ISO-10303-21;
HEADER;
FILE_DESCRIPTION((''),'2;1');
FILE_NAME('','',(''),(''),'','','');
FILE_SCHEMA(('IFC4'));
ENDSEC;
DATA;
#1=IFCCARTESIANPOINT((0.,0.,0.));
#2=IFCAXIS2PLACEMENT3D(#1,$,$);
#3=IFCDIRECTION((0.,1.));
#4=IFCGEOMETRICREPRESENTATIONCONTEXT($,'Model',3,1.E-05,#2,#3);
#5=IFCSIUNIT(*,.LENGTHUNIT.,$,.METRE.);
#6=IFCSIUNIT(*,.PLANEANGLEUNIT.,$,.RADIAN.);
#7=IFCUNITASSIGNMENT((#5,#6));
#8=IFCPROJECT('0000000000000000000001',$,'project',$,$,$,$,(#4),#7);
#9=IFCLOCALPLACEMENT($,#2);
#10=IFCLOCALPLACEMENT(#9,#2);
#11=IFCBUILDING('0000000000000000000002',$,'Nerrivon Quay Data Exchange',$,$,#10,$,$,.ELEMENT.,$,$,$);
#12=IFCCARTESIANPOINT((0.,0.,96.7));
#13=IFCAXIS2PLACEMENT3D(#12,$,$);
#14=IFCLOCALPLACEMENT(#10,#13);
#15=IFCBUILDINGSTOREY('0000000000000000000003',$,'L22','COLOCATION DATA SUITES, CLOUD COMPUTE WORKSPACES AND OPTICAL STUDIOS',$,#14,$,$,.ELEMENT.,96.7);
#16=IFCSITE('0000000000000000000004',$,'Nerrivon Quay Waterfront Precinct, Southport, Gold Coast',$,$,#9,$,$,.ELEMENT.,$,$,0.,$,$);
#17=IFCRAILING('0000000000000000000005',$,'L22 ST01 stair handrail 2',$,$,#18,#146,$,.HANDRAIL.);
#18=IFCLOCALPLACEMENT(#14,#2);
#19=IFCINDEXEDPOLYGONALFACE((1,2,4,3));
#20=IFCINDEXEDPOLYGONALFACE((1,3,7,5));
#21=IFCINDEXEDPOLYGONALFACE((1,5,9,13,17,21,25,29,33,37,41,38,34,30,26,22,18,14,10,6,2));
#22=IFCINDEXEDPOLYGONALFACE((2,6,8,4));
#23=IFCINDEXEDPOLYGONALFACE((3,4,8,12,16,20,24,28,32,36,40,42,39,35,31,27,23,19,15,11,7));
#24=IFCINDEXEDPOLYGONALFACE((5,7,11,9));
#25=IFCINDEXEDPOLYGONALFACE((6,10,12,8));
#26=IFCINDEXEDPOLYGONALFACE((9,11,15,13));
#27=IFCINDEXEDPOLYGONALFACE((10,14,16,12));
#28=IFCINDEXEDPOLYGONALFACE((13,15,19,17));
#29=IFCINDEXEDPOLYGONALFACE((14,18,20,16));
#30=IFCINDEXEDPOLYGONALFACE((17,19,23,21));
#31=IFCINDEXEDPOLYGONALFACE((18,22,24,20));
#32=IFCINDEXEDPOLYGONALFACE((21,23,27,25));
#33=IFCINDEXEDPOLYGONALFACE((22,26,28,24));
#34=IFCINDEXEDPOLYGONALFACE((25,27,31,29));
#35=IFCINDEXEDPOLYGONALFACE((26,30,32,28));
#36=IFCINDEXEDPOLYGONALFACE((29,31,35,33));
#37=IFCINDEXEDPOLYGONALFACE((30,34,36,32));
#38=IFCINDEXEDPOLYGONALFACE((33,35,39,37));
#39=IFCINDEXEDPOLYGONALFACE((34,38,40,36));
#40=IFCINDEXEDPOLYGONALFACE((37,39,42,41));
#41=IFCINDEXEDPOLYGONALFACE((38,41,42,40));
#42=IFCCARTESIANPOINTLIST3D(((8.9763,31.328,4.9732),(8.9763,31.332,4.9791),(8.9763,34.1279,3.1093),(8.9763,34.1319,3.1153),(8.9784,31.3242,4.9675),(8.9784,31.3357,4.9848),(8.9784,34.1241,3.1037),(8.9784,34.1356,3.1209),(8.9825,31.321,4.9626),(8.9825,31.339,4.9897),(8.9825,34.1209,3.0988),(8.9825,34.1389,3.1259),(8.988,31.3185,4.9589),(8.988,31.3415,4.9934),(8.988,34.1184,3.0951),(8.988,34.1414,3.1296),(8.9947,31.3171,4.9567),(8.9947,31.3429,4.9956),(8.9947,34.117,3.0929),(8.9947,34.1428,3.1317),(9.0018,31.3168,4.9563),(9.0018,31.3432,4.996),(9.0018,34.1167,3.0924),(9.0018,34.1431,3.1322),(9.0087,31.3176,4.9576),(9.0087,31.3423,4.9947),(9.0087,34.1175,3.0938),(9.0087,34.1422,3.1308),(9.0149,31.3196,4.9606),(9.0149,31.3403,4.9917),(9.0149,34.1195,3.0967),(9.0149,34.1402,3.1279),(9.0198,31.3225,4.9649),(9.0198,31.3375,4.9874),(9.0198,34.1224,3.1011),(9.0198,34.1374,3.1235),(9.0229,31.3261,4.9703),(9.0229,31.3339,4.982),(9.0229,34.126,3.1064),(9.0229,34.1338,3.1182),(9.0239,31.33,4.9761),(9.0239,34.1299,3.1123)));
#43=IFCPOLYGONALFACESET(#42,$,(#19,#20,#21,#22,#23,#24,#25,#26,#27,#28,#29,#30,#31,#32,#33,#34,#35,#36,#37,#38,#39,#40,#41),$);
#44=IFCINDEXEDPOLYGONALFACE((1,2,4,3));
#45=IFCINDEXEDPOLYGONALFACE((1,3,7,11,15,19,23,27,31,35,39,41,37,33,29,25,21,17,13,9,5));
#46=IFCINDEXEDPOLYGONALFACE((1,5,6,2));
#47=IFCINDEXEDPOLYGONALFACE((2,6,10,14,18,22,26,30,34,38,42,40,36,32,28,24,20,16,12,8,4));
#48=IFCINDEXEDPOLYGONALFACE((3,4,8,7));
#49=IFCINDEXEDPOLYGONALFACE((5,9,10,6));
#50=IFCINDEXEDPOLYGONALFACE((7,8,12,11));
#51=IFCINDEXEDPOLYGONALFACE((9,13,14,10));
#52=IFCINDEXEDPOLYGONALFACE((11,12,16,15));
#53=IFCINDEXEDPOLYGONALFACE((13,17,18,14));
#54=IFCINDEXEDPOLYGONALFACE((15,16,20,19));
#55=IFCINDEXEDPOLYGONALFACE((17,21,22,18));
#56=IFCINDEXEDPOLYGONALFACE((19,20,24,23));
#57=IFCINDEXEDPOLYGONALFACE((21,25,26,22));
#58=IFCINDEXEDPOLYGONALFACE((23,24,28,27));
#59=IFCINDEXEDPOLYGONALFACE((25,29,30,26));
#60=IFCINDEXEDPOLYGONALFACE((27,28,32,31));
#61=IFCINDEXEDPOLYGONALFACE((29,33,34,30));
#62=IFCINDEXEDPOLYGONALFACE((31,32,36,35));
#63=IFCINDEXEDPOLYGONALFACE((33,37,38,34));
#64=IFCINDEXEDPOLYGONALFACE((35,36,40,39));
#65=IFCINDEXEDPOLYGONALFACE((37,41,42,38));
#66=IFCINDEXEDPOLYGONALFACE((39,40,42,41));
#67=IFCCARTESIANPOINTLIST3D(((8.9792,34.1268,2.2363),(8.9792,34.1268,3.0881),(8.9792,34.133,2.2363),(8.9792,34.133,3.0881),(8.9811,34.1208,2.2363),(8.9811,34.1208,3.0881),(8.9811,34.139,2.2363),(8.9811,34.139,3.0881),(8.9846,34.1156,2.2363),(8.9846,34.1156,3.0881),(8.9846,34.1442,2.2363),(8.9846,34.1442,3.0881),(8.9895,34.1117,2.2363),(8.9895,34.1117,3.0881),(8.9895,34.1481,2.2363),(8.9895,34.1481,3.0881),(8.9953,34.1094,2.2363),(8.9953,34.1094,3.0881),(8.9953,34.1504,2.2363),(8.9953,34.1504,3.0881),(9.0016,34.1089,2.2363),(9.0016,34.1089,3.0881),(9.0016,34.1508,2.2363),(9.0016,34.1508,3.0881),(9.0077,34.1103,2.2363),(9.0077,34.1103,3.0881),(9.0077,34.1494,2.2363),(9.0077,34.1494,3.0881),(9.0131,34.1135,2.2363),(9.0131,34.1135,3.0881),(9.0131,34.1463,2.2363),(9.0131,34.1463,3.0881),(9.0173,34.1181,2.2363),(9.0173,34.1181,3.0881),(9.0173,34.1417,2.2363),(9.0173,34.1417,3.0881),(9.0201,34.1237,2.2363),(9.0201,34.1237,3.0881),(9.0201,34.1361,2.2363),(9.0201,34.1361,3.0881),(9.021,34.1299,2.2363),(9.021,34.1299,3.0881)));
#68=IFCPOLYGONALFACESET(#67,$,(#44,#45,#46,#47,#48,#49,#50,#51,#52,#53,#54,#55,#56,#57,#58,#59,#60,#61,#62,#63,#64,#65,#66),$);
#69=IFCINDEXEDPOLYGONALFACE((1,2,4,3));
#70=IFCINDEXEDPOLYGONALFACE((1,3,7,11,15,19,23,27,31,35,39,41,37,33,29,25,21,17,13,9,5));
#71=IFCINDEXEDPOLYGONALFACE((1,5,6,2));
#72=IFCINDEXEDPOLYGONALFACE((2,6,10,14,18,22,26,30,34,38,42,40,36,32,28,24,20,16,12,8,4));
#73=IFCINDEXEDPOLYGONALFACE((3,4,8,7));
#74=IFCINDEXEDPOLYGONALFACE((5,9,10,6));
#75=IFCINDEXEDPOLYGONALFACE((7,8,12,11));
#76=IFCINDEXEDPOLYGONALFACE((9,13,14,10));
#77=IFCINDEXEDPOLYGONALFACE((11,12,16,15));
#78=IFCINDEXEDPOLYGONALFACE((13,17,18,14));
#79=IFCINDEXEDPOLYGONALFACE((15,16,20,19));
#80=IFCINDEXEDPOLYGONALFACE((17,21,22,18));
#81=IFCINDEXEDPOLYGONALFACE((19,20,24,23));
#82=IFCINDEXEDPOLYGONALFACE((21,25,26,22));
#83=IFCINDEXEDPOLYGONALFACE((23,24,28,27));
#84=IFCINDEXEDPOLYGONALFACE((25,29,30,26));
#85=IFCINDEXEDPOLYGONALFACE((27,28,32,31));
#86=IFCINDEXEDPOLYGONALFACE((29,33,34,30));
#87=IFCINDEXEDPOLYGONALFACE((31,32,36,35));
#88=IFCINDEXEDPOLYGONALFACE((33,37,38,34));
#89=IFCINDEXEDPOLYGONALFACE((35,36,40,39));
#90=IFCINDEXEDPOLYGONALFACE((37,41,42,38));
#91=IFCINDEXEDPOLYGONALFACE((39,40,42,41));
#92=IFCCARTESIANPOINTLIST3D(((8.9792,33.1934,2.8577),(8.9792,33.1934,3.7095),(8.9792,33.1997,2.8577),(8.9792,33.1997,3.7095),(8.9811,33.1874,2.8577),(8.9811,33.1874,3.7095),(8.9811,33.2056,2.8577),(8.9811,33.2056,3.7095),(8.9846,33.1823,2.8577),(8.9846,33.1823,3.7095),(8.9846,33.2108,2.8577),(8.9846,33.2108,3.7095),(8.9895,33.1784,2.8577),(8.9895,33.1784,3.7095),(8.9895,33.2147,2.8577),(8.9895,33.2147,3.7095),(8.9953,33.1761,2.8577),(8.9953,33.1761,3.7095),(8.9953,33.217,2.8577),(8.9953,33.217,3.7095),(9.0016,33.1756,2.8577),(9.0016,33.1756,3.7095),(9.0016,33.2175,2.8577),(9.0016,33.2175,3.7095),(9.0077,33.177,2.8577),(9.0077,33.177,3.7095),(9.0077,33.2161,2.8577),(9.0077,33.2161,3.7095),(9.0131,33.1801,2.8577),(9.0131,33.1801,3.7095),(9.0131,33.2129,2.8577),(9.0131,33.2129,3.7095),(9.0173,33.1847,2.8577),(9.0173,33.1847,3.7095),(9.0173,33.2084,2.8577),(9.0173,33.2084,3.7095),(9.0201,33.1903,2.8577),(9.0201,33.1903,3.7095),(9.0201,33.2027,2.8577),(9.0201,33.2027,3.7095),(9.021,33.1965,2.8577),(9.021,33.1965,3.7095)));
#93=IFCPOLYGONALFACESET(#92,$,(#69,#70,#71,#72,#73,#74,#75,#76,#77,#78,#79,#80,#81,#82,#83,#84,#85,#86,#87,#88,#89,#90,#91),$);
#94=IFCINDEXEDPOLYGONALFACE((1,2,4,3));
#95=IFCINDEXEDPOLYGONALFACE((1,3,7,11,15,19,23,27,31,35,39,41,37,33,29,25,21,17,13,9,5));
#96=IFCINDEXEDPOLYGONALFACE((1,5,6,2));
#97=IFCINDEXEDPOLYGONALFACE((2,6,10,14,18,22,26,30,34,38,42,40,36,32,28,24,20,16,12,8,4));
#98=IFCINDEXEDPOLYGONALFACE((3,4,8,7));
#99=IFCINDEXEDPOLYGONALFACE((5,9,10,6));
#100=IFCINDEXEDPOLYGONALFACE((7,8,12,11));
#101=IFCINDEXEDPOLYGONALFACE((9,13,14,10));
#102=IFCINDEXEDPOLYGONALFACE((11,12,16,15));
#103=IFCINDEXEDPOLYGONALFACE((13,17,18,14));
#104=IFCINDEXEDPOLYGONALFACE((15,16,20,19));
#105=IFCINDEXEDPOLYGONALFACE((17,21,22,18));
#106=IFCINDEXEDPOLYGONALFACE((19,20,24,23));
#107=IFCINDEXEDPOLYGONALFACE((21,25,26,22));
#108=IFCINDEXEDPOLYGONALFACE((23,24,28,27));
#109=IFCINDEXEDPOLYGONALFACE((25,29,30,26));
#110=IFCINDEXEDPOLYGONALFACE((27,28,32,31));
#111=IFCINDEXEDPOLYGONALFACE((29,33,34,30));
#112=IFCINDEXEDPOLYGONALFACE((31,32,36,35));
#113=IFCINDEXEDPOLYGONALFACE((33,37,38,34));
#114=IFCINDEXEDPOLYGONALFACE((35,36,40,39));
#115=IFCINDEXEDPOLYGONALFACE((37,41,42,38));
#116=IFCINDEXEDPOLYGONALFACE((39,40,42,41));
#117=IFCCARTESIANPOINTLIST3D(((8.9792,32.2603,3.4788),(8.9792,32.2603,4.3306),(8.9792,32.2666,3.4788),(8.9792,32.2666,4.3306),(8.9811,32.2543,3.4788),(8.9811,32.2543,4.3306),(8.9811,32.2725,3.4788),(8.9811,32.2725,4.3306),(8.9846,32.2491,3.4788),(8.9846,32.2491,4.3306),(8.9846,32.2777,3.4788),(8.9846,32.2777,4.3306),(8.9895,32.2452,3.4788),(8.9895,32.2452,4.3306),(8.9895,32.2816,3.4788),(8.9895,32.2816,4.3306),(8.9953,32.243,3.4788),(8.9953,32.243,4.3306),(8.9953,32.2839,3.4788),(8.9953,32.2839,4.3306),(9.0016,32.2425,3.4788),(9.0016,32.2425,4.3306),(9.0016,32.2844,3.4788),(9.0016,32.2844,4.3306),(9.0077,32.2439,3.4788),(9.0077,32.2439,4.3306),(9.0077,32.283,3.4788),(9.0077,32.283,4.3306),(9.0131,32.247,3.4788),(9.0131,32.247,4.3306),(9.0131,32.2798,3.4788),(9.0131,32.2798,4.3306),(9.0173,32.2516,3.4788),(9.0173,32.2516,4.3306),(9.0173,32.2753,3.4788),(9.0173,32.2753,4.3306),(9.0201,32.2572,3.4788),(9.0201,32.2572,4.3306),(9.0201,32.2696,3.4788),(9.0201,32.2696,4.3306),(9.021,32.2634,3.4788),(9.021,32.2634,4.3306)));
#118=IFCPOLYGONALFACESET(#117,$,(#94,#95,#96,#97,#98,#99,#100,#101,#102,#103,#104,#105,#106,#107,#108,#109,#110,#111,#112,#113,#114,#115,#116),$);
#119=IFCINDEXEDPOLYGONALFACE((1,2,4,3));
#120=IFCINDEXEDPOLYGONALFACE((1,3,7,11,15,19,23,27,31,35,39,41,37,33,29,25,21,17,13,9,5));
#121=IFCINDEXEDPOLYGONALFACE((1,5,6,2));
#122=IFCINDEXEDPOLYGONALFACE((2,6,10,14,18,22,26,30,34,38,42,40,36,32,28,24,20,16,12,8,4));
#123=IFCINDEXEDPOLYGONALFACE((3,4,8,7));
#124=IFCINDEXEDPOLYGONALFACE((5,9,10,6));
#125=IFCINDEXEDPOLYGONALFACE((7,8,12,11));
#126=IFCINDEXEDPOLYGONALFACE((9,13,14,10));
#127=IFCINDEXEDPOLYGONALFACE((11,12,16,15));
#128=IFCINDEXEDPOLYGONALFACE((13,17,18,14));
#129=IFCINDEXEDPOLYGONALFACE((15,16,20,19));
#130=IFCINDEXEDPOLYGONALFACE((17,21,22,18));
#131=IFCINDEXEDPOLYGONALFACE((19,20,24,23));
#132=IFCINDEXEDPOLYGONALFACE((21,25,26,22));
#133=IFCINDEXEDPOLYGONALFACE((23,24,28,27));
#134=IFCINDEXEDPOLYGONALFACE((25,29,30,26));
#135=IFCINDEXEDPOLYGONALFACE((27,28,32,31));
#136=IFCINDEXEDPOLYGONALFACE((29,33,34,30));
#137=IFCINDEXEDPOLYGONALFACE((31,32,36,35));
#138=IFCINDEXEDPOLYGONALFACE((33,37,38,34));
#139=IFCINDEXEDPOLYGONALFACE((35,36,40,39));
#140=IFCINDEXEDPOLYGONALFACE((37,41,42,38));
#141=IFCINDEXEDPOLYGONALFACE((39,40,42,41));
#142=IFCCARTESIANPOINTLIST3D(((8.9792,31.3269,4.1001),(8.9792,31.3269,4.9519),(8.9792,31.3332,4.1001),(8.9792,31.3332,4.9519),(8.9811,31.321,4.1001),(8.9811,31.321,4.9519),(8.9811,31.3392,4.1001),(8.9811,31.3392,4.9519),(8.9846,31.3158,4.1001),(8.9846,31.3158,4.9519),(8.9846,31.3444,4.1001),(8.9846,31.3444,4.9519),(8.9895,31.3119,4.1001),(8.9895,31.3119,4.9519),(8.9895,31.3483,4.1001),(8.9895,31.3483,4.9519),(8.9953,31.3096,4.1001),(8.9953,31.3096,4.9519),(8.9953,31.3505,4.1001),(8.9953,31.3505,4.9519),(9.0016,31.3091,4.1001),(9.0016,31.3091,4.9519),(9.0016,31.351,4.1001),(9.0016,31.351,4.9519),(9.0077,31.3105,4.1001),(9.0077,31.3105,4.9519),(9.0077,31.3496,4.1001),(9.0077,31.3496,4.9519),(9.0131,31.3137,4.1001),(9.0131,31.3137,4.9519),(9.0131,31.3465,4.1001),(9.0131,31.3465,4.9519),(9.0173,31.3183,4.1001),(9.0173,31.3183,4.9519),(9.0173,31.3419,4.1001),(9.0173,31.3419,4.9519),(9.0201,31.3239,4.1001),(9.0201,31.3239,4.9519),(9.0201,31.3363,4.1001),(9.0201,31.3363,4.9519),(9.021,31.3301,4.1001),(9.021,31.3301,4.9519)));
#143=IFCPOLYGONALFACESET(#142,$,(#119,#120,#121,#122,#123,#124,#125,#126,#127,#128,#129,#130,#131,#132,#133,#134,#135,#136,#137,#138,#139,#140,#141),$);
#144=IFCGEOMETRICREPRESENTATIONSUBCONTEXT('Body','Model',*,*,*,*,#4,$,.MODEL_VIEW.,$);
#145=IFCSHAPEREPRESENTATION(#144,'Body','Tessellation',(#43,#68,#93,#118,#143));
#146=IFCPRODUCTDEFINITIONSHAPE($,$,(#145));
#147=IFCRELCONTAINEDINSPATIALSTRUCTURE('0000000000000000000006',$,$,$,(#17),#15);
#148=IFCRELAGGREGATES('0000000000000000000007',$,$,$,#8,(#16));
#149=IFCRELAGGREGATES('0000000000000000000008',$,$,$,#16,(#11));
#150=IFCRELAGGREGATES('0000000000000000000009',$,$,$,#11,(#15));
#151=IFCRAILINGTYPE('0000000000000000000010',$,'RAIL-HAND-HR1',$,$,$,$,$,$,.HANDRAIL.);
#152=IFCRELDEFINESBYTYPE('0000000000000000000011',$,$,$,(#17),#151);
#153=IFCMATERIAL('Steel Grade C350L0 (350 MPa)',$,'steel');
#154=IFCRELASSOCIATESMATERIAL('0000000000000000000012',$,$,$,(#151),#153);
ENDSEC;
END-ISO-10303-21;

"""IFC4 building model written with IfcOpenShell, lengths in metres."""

from ifc_helpers import new_model, si_unit, direction, frame, origin, origin_2d, place, context, subcontext, project, spatial, circle, extrude, material, type_object, element, save


model = new_model("IFC4")

# Units and contexts
model_context = context("Model", 3, precision=1e-05, world=origin(), true_north=direction((0.0, 1.0)))
body_context = subcontext(model_context, "Body", "Model", "MODEL_VIEW")
ifc_project = project(units=[si_unit("LENGTHUNIT", "METRE"), si_unit("PLANEANGLEUNIT", "RADIAN")], contexts=[model_context])

# Site, building, storey
site_placement = place(None, origin())
site = spatial("IfcSite", under=ifc_project, at=site_placement, Name="Nerrivon Quay Waterfront Precinct, Southport, Gold Coast", CompositionType="ELEMENT", RefElevation=0.0)
building_placement = place(site_placement, origin())
building = spatial("IfcBuilding", under=site, at=building_placement, Name="Nerrivon Quay Data Exchange", CompositionType="ELEMENT")
storey_placement = place(building_placement, frame((0.0, 0.0, 96.7)))
storey = spatial("IfcBuildingStorey", under=building, at=storey_placement, Name="L22", Description="COLOCATION DATA SUITES, CLOUD COMPUTE WORKSPACES AND OPTICAL STUDIOS", CompositionType="ELEMENT", Elevation=96.7)

# Railing
ifc_material_1 = material(Name="Steel Grade C350L0 (350 MPa)", Category="steel")
railing_type = type_object("IfcRailingType", Name="RAIL-HAND-HR1", PredefinedType="HANDRAIL", material=ifc_material_1)
railing_placement = place(storey_placement, frame((9.0, 34.1299, 2.2363)))
element("IfcRailing", 1, at=railing_placement, inside=storey, type_object=railing_type, Name="L22 ST01 stair handrail 2", PredefinedType="HANDRAIL", context=body_context, shape_type="SweptSolid", body=[
    extrude(circle(Radius=0.0239, at=origin_2d()), frame((0.0, 0.0, 0.876), z_axis=(0.0, -0.83243, 0.554131), x_axis=(1.0, 0.0, 0.0)), (0.0, 0.0, 1.0), 3.3635),
    extrude(circle(Radius=0.021, at=origin_2d()), origin(), (0.0, 0.0, 1.0), 0.8518),
    extrude(circle(Radius=0.021, at=origin_2d()), frame((0.0, -0.9333, 0.6213)), (0.0, 0.0, 1.0), 0.8518),
    extrude(circle(Radius=0.021, at=origin_2d()), frame((0.0, -1.8665, 1.2424)), (0.0, 0.0, 1.0), 0.8518),
    extrude(circle(Radius=0.021, at=origin_2d()), frame((0.0, -2.7998, 1.8638)), (0.0, 0.0, 1.0), 0.8518),
])

save(model, "model.ifc")
